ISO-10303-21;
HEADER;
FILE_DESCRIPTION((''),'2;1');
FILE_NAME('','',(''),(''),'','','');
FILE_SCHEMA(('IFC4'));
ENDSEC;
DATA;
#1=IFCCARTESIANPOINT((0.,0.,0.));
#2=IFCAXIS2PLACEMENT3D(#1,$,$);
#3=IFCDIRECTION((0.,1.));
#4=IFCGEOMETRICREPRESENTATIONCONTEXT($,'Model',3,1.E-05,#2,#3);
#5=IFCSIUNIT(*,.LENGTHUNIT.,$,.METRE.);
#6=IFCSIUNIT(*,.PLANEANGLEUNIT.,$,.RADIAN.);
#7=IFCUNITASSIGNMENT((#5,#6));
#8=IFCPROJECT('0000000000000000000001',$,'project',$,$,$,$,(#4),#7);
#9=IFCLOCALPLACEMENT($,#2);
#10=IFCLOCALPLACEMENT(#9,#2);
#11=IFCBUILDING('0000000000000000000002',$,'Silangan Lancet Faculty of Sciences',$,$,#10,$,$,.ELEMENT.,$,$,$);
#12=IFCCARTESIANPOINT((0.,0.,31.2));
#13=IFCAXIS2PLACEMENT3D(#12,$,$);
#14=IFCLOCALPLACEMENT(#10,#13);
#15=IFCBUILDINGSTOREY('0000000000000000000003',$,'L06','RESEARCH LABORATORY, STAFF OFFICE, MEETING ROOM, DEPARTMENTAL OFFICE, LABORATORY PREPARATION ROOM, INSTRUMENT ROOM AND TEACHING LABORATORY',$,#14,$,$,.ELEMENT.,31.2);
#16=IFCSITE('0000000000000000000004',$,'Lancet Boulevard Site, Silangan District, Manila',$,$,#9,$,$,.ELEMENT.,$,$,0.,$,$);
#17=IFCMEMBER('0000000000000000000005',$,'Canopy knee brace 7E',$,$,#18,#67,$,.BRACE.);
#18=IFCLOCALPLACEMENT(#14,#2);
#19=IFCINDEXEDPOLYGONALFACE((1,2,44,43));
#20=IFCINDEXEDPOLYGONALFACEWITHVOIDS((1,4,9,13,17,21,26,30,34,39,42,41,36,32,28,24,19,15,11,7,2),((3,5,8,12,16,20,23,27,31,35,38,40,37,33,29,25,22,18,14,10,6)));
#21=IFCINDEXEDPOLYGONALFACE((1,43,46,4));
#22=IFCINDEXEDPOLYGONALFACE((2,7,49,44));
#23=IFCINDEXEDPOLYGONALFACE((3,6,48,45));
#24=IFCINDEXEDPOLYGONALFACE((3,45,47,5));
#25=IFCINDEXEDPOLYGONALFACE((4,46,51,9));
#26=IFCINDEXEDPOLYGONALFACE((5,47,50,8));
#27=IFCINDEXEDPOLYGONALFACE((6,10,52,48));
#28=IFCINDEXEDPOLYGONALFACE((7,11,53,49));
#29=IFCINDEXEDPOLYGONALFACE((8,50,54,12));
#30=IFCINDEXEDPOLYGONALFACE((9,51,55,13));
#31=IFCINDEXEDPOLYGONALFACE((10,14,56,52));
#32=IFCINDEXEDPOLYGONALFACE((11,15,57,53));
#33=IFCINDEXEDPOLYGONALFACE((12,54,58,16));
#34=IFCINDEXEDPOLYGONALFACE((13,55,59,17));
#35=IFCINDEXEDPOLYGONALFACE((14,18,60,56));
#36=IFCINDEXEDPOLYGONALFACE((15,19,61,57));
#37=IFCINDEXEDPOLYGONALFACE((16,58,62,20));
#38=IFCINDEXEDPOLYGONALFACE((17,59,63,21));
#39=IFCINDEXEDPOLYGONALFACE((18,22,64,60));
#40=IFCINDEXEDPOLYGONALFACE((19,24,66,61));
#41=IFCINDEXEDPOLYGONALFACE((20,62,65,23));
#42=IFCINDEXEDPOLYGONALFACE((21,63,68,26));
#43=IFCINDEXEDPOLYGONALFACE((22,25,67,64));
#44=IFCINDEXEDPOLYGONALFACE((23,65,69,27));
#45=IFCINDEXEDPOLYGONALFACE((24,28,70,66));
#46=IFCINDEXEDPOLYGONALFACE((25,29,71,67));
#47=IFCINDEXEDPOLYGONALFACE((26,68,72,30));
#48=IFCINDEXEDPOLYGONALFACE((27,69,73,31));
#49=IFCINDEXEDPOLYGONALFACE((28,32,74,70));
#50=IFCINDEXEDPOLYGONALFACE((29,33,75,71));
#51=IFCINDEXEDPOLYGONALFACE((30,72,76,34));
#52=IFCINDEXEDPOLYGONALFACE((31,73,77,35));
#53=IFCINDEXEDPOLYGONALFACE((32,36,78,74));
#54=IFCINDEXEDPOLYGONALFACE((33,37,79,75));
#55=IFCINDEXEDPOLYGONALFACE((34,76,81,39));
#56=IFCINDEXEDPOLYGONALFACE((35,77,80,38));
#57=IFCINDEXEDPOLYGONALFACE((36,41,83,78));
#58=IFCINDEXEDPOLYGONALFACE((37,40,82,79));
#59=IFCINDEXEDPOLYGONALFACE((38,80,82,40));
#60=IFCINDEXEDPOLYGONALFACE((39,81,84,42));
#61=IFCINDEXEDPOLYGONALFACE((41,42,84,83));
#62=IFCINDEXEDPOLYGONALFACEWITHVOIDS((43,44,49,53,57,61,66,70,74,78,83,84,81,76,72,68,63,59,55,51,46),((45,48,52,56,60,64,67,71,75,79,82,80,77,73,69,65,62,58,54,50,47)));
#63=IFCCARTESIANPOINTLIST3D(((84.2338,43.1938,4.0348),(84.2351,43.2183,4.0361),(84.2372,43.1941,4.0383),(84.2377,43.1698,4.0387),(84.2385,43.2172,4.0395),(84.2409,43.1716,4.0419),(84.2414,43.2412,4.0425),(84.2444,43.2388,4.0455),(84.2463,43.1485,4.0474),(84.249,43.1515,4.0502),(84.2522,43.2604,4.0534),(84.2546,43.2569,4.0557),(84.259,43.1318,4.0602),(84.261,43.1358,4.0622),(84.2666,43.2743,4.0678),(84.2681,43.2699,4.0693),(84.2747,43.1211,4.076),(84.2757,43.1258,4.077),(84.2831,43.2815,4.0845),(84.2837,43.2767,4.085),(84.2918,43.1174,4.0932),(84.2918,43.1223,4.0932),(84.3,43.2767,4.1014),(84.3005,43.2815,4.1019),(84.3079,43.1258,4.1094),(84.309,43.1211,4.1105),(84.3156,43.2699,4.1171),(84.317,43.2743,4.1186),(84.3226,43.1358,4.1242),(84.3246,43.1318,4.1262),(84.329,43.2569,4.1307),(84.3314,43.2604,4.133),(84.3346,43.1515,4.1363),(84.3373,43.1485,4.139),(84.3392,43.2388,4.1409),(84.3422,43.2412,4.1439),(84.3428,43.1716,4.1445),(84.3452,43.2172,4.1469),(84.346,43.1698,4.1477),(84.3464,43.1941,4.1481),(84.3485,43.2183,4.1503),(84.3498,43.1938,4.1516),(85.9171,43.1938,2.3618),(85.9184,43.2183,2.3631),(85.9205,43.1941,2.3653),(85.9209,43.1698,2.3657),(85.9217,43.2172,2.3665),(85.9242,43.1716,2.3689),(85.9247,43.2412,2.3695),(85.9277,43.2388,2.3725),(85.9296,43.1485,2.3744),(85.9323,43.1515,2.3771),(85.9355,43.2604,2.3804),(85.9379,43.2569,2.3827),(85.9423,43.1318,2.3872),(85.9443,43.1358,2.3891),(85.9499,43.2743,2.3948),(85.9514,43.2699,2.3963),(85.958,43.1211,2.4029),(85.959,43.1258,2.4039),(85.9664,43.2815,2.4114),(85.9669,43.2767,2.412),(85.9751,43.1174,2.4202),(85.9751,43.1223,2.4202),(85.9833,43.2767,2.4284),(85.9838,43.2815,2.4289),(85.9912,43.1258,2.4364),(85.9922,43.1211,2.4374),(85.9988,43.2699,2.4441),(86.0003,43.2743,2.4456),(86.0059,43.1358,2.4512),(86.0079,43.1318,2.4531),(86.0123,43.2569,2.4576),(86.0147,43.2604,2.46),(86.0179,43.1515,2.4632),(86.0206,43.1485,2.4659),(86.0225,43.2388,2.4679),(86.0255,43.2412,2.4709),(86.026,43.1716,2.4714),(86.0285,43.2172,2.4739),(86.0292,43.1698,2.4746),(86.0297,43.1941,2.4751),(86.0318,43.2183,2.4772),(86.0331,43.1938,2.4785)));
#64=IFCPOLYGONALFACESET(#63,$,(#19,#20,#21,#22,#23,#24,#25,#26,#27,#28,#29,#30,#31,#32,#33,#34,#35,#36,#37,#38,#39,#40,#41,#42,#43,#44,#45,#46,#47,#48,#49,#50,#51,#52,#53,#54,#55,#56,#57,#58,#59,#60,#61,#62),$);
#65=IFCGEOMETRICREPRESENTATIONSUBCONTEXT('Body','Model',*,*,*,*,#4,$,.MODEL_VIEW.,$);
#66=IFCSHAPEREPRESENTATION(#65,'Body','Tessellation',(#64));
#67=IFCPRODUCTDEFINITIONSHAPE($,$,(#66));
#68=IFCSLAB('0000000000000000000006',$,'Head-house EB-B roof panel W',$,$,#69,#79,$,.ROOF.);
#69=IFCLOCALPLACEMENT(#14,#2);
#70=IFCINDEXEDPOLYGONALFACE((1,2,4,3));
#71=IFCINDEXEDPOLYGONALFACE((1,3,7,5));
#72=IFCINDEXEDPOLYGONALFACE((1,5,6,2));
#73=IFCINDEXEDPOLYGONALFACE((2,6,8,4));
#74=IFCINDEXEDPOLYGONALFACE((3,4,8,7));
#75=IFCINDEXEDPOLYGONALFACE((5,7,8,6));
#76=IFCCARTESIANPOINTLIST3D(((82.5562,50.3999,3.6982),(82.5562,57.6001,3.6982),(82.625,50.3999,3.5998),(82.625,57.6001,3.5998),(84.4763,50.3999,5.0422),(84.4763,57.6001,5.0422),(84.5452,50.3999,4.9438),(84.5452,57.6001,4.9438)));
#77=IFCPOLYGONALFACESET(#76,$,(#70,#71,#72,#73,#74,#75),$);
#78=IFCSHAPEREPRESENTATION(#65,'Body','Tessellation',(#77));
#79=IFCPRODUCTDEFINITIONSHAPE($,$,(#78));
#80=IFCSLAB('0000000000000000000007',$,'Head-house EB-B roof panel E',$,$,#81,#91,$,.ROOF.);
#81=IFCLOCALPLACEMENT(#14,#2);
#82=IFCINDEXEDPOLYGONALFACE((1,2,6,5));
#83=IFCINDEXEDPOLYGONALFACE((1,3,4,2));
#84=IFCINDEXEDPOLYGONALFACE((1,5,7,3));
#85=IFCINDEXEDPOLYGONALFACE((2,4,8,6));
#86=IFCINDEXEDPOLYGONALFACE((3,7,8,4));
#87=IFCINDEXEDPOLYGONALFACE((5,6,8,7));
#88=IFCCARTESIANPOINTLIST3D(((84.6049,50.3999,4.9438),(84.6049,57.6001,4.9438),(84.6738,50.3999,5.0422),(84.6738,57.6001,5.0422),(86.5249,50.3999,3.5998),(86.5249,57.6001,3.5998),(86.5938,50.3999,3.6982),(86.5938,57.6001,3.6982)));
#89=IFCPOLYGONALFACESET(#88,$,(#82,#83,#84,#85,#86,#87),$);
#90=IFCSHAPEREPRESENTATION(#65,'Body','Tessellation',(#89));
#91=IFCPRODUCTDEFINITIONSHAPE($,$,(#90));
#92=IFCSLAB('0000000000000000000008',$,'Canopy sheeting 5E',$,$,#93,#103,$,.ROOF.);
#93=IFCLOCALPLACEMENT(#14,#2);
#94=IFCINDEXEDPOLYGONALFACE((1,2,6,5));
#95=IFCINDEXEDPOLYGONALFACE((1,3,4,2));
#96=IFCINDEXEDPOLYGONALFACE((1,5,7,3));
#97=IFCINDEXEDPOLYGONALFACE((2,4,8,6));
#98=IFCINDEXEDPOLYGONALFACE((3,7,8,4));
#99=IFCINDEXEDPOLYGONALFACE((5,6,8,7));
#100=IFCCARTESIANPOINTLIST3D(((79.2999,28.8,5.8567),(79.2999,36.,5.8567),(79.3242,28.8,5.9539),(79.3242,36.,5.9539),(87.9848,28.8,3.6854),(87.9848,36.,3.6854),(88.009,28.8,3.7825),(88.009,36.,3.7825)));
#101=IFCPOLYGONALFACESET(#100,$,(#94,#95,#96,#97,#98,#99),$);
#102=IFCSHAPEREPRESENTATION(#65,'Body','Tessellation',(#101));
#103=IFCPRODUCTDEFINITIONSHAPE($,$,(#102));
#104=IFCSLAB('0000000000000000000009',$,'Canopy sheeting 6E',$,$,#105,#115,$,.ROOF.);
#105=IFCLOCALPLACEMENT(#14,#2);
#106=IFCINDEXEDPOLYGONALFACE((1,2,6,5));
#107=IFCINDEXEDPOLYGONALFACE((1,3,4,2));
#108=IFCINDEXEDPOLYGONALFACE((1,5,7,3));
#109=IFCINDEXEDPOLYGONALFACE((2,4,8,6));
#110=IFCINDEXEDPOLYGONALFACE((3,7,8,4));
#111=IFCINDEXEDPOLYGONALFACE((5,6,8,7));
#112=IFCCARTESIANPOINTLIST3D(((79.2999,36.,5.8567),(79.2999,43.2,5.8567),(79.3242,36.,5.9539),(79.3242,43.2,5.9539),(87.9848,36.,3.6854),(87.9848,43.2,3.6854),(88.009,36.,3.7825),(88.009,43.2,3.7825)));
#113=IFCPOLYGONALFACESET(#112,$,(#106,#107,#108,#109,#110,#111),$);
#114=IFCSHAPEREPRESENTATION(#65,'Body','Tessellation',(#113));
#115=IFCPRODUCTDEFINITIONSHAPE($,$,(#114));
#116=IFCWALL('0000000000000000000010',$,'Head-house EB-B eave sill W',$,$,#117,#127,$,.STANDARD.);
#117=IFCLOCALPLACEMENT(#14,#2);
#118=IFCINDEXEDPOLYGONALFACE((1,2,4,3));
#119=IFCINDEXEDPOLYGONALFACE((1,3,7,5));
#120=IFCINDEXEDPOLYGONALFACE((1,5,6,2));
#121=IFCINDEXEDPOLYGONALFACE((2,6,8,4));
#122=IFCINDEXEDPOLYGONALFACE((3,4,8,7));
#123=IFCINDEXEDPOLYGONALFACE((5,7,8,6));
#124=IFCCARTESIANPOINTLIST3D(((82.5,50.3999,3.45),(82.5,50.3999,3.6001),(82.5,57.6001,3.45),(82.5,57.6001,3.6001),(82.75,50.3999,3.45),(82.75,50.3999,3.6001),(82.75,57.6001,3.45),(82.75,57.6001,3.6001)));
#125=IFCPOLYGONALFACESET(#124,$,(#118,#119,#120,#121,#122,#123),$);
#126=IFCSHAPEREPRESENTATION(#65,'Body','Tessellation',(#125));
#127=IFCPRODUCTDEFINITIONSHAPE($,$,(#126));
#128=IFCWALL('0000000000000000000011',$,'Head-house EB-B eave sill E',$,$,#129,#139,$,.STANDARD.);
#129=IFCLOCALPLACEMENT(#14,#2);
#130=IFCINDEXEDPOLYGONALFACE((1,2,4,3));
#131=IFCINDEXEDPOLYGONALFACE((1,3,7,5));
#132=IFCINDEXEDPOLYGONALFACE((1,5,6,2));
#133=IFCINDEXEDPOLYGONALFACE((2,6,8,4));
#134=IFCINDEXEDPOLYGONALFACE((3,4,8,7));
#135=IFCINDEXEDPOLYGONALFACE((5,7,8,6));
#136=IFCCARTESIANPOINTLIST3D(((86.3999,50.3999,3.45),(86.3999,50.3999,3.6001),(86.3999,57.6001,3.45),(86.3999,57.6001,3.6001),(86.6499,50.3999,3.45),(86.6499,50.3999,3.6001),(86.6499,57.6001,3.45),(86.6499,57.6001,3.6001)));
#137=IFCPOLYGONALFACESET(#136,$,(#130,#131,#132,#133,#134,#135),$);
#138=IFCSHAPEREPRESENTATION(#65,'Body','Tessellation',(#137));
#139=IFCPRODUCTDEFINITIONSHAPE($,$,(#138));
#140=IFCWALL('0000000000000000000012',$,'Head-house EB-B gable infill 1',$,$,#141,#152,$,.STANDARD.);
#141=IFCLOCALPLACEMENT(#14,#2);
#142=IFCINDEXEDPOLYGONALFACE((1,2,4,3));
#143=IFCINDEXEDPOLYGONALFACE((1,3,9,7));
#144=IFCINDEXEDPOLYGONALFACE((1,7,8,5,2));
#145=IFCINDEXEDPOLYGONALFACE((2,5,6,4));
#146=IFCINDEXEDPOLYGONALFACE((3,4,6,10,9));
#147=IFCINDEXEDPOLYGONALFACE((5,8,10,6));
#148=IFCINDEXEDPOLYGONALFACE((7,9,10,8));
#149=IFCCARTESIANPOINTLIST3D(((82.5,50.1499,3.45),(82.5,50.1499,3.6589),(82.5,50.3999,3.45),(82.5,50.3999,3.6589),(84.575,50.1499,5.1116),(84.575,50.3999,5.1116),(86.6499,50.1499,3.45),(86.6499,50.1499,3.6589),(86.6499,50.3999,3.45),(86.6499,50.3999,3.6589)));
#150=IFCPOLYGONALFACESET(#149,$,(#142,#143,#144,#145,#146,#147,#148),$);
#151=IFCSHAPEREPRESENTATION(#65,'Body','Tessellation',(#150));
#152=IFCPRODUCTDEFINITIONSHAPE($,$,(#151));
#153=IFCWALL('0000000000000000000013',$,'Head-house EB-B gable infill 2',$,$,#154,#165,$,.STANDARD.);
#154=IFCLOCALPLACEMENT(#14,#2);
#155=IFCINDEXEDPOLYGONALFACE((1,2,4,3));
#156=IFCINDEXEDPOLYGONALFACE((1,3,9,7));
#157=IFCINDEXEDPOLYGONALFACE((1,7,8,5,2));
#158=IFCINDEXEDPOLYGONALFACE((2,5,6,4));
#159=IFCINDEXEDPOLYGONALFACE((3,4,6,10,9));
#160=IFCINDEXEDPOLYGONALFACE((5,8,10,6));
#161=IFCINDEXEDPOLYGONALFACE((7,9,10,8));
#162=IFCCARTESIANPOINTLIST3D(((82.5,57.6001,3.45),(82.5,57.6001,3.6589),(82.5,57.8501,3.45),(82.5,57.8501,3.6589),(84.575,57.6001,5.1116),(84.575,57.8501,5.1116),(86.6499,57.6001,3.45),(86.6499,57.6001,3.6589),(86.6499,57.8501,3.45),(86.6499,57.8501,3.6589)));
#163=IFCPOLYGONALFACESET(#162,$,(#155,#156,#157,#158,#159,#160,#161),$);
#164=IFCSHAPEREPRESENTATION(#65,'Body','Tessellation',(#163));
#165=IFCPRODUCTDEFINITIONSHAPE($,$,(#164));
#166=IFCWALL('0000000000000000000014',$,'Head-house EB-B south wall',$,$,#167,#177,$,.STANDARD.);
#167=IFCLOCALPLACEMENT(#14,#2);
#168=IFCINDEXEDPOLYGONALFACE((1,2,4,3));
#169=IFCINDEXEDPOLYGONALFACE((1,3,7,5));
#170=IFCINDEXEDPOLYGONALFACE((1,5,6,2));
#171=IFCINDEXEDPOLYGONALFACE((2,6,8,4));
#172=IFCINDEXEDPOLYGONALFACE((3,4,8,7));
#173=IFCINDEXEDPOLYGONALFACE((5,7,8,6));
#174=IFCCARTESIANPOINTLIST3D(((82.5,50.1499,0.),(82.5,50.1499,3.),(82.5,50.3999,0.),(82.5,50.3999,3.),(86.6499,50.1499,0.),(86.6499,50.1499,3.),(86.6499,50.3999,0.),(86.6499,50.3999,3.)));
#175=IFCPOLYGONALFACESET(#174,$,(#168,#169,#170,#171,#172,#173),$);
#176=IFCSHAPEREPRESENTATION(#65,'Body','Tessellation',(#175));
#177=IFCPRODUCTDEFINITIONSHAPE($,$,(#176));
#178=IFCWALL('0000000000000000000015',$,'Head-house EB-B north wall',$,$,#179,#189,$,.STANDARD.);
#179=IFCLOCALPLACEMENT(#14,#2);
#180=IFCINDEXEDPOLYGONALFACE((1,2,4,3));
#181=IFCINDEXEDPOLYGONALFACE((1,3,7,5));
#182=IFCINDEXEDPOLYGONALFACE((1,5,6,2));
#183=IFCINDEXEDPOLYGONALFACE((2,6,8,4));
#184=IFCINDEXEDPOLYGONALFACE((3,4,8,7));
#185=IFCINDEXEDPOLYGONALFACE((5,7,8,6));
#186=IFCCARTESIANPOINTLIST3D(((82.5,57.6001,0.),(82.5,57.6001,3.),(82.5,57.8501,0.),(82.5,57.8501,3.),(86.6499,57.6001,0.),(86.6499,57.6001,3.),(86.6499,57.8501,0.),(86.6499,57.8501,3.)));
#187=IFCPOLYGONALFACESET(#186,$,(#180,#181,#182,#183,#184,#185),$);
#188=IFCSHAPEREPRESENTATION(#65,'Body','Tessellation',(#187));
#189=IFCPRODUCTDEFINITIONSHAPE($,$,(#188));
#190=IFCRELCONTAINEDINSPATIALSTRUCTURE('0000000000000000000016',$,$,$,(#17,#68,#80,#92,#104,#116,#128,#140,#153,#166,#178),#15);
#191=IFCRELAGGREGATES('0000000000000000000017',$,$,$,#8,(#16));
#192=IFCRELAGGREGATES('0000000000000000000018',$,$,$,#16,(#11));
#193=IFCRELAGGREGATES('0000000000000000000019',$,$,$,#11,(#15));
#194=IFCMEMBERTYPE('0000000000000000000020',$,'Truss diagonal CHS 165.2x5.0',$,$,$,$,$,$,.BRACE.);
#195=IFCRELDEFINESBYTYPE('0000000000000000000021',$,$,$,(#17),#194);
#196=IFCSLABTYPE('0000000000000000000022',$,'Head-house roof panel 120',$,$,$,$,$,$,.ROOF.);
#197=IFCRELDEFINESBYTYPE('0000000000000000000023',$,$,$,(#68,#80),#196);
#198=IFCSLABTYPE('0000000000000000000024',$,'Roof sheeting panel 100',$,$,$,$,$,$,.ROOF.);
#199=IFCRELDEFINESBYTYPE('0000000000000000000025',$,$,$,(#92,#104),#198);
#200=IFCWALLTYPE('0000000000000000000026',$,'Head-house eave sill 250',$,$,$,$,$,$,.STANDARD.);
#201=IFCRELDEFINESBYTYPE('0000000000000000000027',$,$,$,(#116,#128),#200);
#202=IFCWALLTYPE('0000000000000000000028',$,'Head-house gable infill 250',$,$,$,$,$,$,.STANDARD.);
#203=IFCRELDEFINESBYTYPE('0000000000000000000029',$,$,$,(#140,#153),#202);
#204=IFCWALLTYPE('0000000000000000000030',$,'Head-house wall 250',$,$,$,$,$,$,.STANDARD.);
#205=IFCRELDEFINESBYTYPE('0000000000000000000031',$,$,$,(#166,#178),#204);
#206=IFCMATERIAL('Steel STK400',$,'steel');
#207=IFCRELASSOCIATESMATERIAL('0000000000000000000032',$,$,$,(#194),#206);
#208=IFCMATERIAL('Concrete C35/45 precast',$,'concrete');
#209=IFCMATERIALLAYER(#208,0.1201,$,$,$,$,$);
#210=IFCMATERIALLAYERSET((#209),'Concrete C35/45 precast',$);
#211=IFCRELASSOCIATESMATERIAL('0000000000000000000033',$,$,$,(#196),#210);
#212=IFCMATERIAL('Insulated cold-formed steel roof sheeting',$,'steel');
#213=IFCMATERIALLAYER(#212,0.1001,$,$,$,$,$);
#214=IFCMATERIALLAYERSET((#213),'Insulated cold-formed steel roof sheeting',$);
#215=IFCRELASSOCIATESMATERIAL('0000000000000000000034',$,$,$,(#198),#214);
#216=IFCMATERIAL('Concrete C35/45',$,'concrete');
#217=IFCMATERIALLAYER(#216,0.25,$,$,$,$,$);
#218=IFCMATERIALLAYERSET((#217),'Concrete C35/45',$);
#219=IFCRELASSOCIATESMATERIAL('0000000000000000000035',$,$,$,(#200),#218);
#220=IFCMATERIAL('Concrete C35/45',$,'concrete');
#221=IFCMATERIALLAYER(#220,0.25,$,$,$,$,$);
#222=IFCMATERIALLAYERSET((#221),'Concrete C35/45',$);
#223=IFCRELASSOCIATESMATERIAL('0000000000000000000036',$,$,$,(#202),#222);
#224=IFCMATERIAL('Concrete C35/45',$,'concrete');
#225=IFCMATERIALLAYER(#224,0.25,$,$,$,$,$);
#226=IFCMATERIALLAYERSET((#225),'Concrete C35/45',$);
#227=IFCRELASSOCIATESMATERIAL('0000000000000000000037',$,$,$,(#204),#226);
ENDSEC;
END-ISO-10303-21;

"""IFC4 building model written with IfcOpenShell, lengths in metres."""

from ifc_helpers import new_model, si_unit, direction, frame, frame_2d, origin, origin_2d, place, context, subcontext, project, spatial, polyline, rectangle, hollow_circle, outline, extrude, material, layer, layer_set, material_profile, profile_set, type_object, element, save


model = new_model("IFC4")

# Units and contexts
model_context = context("Model", 3, precision=1e-05, world=origin(), true_north=direction((0.0, 1.0)))
body_context = subcontext(model_context, "Body", "Model", "MODEL_VIEW")
ifc_project = project(units=[si_unit("LENGTHUNIT", "METRE"), si_unit("PLANEANGLEUNIT", "RADIAN")], contexts=[model_context])

# Site, building, storey
site_placement = place(None, origin())
site = spatial("IfcSite", under=ifc_project, at=site_placement, Name="Lancet Boulevard Site, Silangan District, Manila", CompositionType="ELEMENT", RefElevation=0.0)
building_placement = place(site_placement, origin())
building = spatial("IfcBuilding", under=site, at=building_placement, Name="Silangan Lancet Faculty of Sciences", CompositionType="ELEMENT")
storey_placement = place(building_placement, frame((0.0, 0.0, 31.2)))
storey = spatial("IfcBuildingStorey", under=building, at=storey_placement, Name="L06", Description="RESEARCH LABORATORY, STAFF OFFICE, MEETING ROOM, DEPARTMENTAL OFFICE, LABORATORY PREPARATION ROOM, INSTRUMENT ROOM AND TEACHING LABORATORY", CompositionType="ELEMENT", Elevation=31.2)

# Member
ifc_material_1 = material(Name="Steel STK400", Category="steel")
ifc_material_profile_1 = material_profile(ifc_material_1, hollow_circle(Radius=0.0825, WallThickness=0.0049, at=origin_2d()), Name="CHS 165.2x5.0")
ifc_profile_set_1 = profile_set([ifc_material_profile_1], Name="Steel STK400")
member_type_1 = type_object("IfcMemberType", Name="Truss diagonal CHS 165.2x5.0", PredefinedType="BRACE", material=ifc_profile_set_1)
for number, where, z_axis, x_axis, name in (
    (1, (85.9751, 43.2, 2.4202), (-0.709264, 0.0, 0.704943), (0.0, -1.0, 0.0), "Canopy knee brace 7E"),
):
    element("IfcMember", number, at=place(storey_placement, frame(where, z_axis=z_axis, x_axis=x_axis)), inside=storey, type_object=member_type_1, Name=name, PredefinedType="BRACE", context=body_context, shape_type="SweptSolid", body=[
        extrude(hollow_circle(Radius=0.0825, WallThickness=0.0049, at=origin_2d()), origin(), (0.0, 0.0, 1.0), 2.3733),
    ])

# Slabs
ifc_material_2 = material(Name="Concrete C35/45 precast", Category="concrete")
ifc_layer_1 = layer(ifc_material_2, 0.1201)
ifc_layer_set_1 = layer_set([ifc_layer_1], Name="Concrete C35/45 precast")
slab_type_1 = type_object("IfcSlabType", Name="Head-house roof panel 120", PredefinedType="ROOF", material=ifc_layer_set_1)
slab_1_placement = place(storey_placement, frame((82.5562, 50.3999, 3.6982), z_axis=(-0.573427, 0.0, 0.819256), x_axis=(0.0, 1.0, 0.0)))
element("IfcSlab", 2, at=slab_1_placement, inside=storey, type_object=slab_type_1, Name="Head-house EB-B roof panel W", PredefinedType="ROOF", context=body_context, shape_type="SweptSolid", body=[
    extrude(outline(polyline([(0.0, 0.0), (7.2002, 0.0), (7.2002, -2.3438), (0.0, -2.3438), (0.0, 0.0)])), origin(), (0.0, 0.0, -1.0), 0.1201),
])
slab_2_placement = place(storey_placement, frame((86.5938, 50.3999, 3.6982), z_axis=(0.573476, 0.0, 0.819222), x_axis=(0.0, 1.0, 0.0)))
element("IfcSlab", 3, at=slab_2_placement, inside=storey, type_object=slab_type_1, Name="Head-house EB-B roof panel E", PredefinedType="ROOF", context=body_context, shape_type="SweptSolid", body=[
    extrude(outline(polyline([(0.0, 0.0), (7.2002, 0.0), (7.2002, 2.3436), (0.0, 2.3436), (0.0, 0.0)])), origin(), (0.0, 0.0, -1.0), 0.1201),
])
ifc_material_3 = material(Name="Insulated cold-formed steel roof sheeting", Category="steel")
ifc_layer_2 = layer(ifc_material_3, 0.1001)
ifc_layer_set_2 = layer_set([ifc_layer_2], Name="Insulated cold-formed steel roof sheeting")
slab_type_2 = type_object("IfcSlabType", Name="Roof sheeting panel 100", PredefinedType="ROOF", material=ifc_layer_set_2)
for number, where, z_axis, x_axis, name in (
    (4, (79.3242, 28.8, 5.9539), (0.242555, 0.0, 0.970138), (0.0, 1.0, 0.0), "Canopy sheeting 5E"),
    (5, (79.3242, 36.0, 5.9539), (0.242555, 0.0, 0.970138), (0.0, 1.0, 0.0), "Canopy sheeting 6E"),
):
    element("IfcSlab", number, at=place(storey_placement, frame(where, z_axis=z_axis, x_axis=x_axis)), inside=storey, type_object=slab_type_2, Name=name, PredefinedType="ROOF", context=body_context, shape_type="SweptSolid", body=[
        extrude(outline(polyline([(0.0, 0.0), (7.2, 0.0), (7.2, -8.9521), (0.0, -8.9521), (0.0, 0.0)])), origin(), (0.0, 0.0, -1.0), 0.1001),
    ])

# Walls
ifc_material_4 = material(Name="Concrete C35/45", Category="concrete")
ifc_layer_3 = layer(ifc_material_4, 0.25)
ifc_layer_set_3 = layer_set([ifc_layer_3], Name="Concrete C35/45")
wall_type_1 = type_object("IfcWallType", Name="Head-house eave sill 250", PredefinedType="STANDARD", material=ifc_layer_set_3)
for number, where, z_axis, x_axis, name in (
    (6, (82.625, 50.3999, 3.45), (0.0, 0.0, 1.0), (0.0, 1.0, 0.0), "Head-house EB-B eave sill W"),
    (7, (86.5249, 50.3999, 3.45), (0.0, 0.0, 1.0), (0.0, 1.0, 0.0), "Head-house EB-B eave sill E"),
):
    element("IfcWall", number, at=place(storey_placement, frame(where, z_axis=z_axis, x_axis=x_axis)), inside=storey, type_object=wall_type_1, Name=name, PredefinedType="STANDARD", context=body_context, shape_type="SweptSolid", body=[
        extrude(rectangle(XDim=7.2002, YDim=0.25, at=frame_2d((3.6001, 0.0))), origin(), (0.0, 0.0, 1.0), 0.1501),
    ])
ifc_material_5 = material(Name="Concrete C35/45", Category="concrete")
ifc_layer_4 = layer(ifc_material_5, 0.25)
ifc_layer_set_4 = layer_set([ifc_layer_4], Name="Concrete C35/45")
wall_type_2 = type_object("IfcWallType", Name="Head-house gable infill 250", PredefinedType="STANDARD", material=ifc_layer_set_4)
for number, where, z_axis, x_axis, name in (
    (8, (82.5, 50.2749, 3.45), (0.0, 0.0, 1.0), (1.0, 0.0, 0.0), "Head-house EB-B gable infill 1"),
    (9, (82.5, 57.7251, 3.45), (0.0, 0.0, 1.0), (1.0, 0.0, 0.0), "Head-house EB-B gable infill 2"),
):
    element("IfcWall", number, at=place(storey_placement, frame(where, z_axis=z_axis, x_axis=x_axis)), inside=storey, type_object=wall_type_2, Name=name, PredefinedType="STANDARD", context=body_context, shape_type="SweptSolid", body=[
        extrude(outline(polyline([(0.0, 0.0), (4.1499, 0.0), (4.1499, 0.209), (2.075, 1.6616), (0.0, 0.209), (0.0, 0.0)])), frame((0.0, 0.125, 0.0), z_axis=(0.0, -1.0, 0.0), x_axis=(1.0, 0.0, 0.0)), (0.0, 0.0, 1.0), 0.25),
    ])
ifc_material_6 = material(Name="Concrete C35/45", Category="concrete")
ifc_layer_5 = layer(ifc_material_6, 0.25)
ifc_layer_set_5 = layer_set([ifc_layer_5], Name="Concrete C35/45")
wall_type_3 = type_object("IfcWallType", Name="Head-house wall 250", PredefinedType="STANDARD", material=ifc_layer_set_5)
for number, where, z_axis, x_axis, name in (
    (10, (82.5, 50.2749, 0.0), (0.0, 0.0, 1.0), (1.0, 0.0, 0.0), "Head-house EB-B south wall"),
    (11, (82.5, 57.7251, 0.0), (0.0, 0.0, 1.0), (1.0, 0.0, 0.0), "Head-house EB-B north wall"),
):
    element("IfcWall", number, at=place(storey_placement, frame(where, z_axis=z_axis, x_axis=x_axis)), inside=storey, type_object=wall_type_3, Name=name, PredefinedType="STANDARD", context=body_context, shape_type="SweptSolid", body=[
        extrude(rectangle(XDim=4.1499, YDim=0.25, at=frame_2d((2.075, 0.0))), origin(), (0.0, 0.0, 1.0), 3.0),
    ])

save(model, "model.ifc")
